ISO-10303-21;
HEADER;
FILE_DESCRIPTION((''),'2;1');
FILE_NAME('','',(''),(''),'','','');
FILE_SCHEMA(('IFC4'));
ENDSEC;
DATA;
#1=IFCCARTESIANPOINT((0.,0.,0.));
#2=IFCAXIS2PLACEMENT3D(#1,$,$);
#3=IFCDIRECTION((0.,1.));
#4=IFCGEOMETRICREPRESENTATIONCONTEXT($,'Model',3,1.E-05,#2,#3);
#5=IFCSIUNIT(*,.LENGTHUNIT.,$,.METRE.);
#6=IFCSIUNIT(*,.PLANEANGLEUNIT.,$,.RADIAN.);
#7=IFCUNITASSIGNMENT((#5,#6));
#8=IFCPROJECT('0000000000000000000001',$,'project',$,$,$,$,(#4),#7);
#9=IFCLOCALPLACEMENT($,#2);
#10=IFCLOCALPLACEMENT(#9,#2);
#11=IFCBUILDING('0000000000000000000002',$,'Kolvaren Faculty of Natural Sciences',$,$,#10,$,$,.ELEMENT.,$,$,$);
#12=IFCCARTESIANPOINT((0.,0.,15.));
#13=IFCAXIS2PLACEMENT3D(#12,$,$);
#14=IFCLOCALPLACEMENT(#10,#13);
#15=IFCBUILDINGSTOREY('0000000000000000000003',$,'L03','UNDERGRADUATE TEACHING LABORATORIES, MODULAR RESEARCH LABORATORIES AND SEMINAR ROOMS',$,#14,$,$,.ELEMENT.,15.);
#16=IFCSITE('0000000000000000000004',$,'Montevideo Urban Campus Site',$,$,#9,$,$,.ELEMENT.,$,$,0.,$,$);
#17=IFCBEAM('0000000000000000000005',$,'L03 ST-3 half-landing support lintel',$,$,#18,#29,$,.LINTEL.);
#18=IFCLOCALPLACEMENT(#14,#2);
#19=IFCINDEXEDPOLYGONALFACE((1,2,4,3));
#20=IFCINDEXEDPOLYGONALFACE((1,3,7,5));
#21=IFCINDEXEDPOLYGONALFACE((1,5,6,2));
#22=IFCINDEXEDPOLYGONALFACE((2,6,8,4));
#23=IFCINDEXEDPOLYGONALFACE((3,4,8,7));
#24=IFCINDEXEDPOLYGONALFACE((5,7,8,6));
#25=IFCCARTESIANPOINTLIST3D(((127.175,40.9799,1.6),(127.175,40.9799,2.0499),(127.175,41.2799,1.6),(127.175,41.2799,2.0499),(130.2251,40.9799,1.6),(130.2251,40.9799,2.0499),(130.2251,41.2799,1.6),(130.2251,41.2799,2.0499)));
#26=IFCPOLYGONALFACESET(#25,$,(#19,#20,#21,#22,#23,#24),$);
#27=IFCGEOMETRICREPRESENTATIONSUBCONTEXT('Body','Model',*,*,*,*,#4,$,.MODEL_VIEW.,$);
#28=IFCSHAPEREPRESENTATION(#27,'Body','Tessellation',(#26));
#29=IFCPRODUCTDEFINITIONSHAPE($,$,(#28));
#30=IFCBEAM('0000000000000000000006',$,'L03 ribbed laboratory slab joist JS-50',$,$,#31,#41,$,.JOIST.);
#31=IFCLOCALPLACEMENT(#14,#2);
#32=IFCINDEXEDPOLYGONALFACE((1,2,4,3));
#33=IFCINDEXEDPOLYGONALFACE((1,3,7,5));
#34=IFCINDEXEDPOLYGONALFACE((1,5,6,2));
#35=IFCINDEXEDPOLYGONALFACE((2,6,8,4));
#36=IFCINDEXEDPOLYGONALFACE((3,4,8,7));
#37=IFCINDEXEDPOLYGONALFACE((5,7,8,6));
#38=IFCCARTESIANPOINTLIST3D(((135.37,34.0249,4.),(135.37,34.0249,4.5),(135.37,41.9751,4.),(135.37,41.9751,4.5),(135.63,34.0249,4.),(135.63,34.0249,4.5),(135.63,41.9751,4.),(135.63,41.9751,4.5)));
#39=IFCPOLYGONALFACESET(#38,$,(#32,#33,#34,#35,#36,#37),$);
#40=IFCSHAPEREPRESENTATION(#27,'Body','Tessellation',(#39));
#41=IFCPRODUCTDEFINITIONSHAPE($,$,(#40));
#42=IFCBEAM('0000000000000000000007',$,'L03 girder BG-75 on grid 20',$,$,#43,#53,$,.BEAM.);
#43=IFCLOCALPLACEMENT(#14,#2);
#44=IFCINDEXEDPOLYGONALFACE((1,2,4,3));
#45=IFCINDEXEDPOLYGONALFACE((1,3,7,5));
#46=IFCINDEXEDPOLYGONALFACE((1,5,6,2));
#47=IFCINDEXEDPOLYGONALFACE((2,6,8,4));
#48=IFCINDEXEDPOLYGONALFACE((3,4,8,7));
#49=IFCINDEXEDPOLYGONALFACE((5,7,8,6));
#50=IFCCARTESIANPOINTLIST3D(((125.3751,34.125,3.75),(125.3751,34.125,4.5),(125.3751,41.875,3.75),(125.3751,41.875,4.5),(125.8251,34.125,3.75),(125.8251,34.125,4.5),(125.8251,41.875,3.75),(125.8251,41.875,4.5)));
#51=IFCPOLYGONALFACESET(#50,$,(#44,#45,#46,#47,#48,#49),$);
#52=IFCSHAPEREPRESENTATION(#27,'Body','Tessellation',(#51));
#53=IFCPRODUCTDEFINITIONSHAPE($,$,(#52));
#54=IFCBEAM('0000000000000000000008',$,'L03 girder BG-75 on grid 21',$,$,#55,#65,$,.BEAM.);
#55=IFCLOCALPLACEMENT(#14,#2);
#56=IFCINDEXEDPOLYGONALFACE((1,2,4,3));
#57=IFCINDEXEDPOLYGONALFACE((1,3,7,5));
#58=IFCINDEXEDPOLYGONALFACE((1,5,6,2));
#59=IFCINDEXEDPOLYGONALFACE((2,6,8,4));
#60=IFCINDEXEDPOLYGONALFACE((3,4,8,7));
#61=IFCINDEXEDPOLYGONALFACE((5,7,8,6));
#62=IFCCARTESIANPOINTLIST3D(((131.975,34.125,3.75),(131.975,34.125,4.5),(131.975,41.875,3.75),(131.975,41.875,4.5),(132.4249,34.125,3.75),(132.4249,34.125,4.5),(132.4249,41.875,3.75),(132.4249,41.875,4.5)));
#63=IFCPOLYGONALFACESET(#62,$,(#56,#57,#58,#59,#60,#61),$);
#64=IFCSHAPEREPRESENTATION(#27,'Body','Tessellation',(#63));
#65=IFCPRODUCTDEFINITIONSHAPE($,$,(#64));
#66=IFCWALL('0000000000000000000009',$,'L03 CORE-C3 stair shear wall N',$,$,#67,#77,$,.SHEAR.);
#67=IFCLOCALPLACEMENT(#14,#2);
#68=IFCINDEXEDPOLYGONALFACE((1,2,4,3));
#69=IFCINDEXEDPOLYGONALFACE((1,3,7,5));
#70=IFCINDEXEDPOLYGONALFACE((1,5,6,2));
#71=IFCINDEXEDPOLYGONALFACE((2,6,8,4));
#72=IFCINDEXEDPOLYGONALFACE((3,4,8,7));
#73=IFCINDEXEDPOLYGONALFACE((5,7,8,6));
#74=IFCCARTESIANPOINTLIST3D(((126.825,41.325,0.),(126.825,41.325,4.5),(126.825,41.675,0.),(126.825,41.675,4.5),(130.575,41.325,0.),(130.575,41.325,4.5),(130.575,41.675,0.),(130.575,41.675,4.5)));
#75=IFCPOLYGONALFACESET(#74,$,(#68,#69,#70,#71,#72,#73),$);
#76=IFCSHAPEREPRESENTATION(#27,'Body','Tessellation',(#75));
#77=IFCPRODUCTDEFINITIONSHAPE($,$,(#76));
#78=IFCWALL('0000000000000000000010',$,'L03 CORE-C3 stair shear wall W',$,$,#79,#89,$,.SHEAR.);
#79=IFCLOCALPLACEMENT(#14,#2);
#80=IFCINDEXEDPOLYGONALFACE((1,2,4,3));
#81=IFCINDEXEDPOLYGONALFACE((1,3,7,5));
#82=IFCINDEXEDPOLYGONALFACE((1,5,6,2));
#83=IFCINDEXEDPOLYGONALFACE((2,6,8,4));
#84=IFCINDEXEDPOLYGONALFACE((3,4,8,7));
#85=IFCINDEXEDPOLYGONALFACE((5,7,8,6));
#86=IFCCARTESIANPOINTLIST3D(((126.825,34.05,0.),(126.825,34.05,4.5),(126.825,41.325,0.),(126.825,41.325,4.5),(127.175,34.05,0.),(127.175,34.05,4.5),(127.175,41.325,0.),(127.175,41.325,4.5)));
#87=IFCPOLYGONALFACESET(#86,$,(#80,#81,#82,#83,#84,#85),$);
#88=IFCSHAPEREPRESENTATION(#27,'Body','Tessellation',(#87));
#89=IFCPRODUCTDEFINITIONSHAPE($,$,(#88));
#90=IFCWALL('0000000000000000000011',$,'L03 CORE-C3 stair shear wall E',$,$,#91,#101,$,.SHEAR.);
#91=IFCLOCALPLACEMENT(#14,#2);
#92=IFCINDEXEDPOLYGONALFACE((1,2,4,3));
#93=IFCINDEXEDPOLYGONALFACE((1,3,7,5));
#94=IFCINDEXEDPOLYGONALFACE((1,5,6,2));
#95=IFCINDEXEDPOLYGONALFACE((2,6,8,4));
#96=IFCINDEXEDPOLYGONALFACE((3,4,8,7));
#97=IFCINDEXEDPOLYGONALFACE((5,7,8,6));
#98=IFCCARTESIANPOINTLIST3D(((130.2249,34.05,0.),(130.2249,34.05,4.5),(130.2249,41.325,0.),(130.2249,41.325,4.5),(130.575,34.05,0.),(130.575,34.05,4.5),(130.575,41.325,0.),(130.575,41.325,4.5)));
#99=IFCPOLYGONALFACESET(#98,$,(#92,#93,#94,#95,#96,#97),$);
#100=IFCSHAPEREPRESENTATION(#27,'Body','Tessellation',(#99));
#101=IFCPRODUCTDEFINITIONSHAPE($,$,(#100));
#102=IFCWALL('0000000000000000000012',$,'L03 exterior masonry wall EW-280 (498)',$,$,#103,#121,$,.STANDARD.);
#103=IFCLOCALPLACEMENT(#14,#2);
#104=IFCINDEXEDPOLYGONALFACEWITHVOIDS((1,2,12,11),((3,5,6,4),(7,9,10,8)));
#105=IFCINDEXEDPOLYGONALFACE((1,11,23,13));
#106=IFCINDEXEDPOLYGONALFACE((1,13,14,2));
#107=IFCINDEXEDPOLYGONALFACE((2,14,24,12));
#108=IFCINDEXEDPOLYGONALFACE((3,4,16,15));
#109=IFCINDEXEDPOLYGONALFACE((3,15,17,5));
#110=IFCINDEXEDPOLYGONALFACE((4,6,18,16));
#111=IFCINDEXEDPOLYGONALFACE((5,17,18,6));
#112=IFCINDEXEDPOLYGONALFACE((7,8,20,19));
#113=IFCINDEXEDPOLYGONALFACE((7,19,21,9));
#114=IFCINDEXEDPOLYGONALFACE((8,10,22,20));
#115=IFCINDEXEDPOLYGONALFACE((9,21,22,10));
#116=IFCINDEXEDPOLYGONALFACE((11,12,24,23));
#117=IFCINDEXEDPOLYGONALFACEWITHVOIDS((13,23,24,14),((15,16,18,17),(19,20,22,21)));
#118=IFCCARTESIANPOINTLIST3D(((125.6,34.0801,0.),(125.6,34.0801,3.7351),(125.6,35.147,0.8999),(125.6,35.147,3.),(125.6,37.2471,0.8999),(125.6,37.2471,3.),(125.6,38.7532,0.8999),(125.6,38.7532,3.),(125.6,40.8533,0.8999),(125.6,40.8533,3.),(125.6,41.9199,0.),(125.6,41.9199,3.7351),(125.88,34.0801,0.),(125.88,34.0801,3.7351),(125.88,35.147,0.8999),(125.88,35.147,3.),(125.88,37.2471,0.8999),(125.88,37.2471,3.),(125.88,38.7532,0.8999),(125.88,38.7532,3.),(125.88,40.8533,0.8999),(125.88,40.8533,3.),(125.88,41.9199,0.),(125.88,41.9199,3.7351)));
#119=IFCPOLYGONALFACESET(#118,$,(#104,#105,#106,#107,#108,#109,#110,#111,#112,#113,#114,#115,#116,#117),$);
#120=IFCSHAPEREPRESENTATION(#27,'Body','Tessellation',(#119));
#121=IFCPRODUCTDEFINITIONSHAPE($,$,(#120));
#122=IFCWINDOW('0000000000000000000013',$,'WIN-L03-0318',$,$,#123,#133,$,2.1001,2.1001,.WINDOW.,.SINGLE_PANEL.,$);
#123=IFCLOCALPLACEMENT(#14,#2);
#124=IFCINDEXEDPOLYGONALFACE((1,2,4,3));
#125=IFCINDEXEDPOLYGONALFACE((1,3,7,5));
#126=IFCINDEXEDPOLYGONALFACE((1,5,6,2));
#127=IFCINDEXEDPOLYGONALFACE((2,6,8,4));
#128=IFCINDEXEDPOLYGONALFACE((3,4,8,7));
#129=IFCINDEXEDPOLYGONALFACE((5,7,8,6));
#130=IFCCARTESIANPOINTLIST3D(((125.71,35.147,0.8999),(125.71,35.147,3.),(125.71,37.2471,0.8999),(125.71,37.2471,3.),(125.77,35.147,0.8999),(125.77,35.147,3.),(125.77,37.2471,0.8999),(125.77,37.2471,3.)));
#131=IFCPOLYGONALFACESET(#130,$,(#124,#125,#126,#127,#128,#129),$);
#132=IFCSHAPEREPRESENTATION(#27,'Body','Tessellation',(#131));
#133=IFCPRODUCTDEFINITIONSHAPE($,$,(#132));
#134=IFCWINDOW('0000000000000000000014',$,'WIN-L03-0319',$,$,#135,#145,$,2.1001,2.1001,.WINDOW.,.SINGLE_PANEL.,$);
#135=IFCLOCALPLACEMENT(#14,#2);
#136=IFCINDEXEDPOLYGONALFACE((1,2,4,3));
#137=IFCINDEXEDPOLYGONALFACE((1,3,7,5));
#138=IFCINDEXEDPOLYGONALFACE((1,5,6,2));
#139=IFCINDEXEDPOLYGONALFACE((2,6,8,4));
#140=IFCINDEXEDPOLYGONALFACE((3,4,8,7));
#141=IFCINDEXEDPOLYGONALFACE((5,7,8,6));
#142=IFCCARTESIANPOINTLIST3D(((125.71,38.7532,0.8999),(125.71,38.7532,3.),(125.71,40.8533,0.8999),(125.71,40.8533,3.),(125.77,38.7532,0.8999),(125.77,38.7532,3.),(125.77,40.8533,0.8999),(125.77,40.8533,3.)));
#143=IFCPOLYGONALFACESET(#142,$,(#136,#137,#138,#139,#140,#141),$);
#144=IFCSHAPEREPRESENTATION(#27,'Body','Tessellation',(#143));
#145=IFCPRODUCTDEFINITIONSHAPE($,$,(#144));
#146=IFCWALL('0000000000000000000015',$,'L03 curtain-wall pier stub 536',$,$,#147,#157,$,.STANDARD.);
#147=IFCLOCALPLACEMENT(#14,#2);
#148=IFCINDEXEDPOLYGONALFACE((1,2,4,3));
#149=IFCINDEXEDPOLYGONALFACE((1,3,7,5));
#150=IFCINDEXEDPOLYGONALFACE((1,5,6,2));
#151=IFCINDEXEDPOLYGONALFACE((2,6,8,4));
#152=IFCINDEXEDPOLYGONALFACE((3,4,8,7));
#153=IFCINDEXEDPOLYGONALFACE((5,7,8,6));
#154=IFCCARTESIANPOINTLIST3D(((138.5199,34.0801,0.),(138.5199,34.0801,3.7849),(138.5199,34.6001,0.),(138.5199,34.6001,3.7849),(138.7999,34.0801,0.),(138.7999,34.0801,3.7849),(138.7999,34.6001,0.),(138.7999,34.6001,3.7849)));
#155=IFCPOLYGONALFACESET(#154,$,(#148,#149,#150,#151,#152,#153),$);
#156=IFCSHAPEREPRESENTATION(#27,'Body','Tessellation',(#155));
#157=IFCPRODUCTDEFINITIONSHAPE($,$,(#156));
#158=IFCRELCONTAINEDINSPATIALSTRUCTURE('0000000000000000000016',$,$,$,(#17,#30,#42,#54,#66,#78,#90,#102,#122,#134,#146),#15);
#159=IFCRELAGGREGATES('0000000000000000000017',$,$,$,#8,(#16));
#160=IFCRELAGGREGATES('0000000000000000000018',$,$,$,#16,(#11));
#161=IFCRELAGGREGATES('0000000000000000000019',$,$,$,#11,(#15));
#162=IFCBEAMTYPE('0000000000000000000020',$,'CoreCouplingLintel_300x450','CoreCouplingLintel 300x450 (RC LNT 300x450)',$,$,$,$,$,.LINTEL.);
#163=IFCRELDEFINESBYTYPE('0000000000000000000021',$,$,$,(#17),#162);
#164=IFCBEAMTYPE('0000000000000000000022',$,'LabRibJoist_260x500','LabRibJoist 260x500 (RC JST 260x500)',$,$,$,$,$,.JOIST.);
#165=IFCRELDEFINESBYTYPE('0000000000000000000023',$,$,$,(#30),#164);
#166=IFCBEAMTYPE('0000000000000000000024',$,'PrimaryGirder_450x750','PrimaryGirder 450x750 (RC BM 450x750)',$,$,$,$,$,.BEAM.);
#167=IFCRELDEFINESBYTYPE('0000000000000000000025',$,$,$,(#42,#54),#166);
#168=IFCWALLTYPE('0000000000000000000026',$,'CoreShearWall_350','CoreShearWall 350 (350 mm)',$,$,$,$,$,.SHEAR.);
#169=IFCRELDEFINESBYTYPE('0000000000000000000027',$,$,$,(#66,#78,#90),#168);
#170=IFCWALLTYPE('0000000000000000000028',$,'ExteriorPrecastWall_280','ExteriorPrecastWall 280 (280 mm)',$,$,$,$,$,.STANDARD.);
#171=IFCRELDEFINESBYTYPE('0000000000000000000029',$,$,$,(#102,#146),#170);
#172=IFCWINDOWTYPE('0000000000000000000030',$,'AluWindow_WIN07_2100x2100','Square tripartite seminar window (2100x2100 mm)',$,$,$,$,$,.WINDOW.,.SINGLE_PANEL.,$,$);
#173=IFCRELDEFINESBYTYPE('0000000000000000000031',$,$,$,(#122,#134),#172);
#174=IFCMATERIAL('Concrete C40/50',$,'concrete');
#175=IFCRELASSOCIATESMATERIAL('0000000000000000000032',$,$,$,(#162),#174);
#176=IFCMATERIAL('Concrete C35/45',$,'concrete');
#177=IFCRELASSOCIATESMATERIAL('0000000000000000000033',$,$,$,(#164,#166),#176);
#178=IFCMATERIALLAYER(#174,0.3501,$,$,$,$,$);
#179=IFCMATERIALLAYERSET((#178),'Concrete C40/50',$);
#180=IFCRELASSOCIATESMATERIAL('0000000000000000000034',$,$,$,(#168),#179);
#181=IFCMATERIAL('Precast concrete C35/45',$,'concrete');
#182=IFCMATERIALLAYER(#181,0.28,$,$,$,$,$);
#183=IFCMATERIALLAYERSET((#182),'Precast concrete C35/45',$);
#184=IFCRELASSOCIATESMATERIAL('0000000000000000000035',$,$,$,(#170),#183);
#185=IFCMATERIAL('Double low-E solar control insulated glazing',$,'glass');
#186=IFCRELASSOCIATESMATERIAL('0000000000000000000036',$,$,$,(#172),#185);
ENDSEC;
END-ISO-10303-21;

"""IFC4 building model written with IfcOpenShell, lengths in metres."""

from ifc_helpers import new_model, si_unit, direction, frame, frame_2d, origin, origin_2d, place, context, subcontext, project, spatial, rectangle, extrude, material, layer, layer_set, material_profile, profile_set, type_object, element, fill, save


model = new_model("IFC4")

# Units and contexts
model_context = context("Model", 3, precision=1e-05, world=origin(), true_north=direction((0.0, 1.0)))
body_context = subcontext(model_context, "Body", "Model", "MODEL_VIEW")
ifc_project = project(units=[si_unit("LENGTHUNIT", "METRE"), si_unit("PLANEANGLEUNIT", "RADIAN")], contexts=[model_context])

# Site, building, storey
site_placement = place(None, origin())
site = spatial("IfcSite", under=ifc_project, at=site_placement, Name="Montevideo Urban Campus Site", CompositionType="ELEMENT", RefElevation=0.0)
building_placement = place(site_placement, origin())
building = spatial("IfcBuilding", under=site, at=building_placement, Name="Kolvaren Faculty of Natural Sciences", CompositionType="ELEMENT")
storey_placement = place(building_placement, frame((0.0, 0.0, 15.0)))
storey = spatial("IfcBuildingStorey", under=building, at=storey_placement, Name="L03", Description="UNDERGRADUATE TEACHING LABORATORIES, MODULAR RESEARCH LABORATORIES AND SEMINAR ROOMS", CompositionType="ELEMENT", Elevation=15.0)

# Beams
ifc_material_1 = material(Name="Concrete C40/50", Category="concrete")
ifc_material_profile_1 = material_profile(ifc_material_1, rectangle(XDim=0.3, YDim=0.45, at=origin_2d()), Name="RC LNT 300x450")
ifc_profile_set_1 = profile_set([ifc_material_profile_1], Name="Concrete C40/50")
beam_type_1 = type_object("IfcBeamType", Name="CoreCouplingLintel_300x450", Description="CoreCouplingLintel 300x450 (RC LNT 300x450)", PredefinedType="LINTEL", material=ifc_profile_set_1)
beam_1_placement = place(storey_placement, frame((127.175, 41.1299, 1.825), z_axis=(1.0, 0.0, 0.0), x_axis=(0.0, 1.0, 0.0)))
element("IfcBeam", 1, at=beam_1_placement, inside=storey, type_object=beam_type_1, Name="L03 ST-3 half-landing support lintel", PredefinedType="LINTEL", context=body_context, shape_type="SweptSolid", body=[
    extrude(rectangle(XDim=0.3, YDim=0.45, at=origin_2d()), origin(), (0.0, 0.0, 1.0), 3.05),
])
ifc_material_2 = material(Name="Concrete C35/45", Category="concrete")
ifc_material_profile_2 = material_profile(ifc_material_2, rectangle(XDim=0.26, YDim=0.5, at=origin_2d()), Name="RC JST 260x500")
ifc_profile_set_2 = profile_set([ifc_material_profile_2], Name="Concrete C35/45")
beam_type_2 = type_object("IfcBeamType", Name="LabRibJoist_260x500", Description="LabRibJoist 260x500 (RC JST 260x500)", PredefinedType="JOIST", material=ifc_profile_set_2)
beam_2_placement = place(storey_placement, frame((135.5, 34.0249, 4.25), z_axis=(0.0, 1.0, 0.0), x_axis=(-1.0, 0.0, 0.0)))
element("IfcBeam", 2, at=beam_2_placement, inside=storey, type_object=beam_type_2, Name="L03 ribbed laboratory slab joist JS-50", PredefinedType="JOIST", context=body_context, shape_type="SweptSolid", body=[
    extrude(rectangle(XDim=0.26, YDim=0.5, at=origin_2d()), origin(), (0.0, 0.0, 1.0), 7.9502),
])
ifc_material_profile_3 = material_profile(ifc_material_2, rectangle(XDim=0.45, YDim=0.75, at=origin_2d()), Name="RC BM 450x750")
ifc_profile_set_3 = profile_set([ifc_material_profile_3], Name="Concrete C35/45")
beam_type_3 = type_object("IfcBeamType", Name="PrimaryGirder_450x750", Description="PrimaryGirder 450x750 (RC BM 450x750)", PredefinedType="BEAM", material=ifc_profile_set_3)
for number, where, z_axis, x_axis, name in (
    (3, (125.6001, 34.125, 4.125), (0.0, 1.0, 0.0), (-1.0, 0.0, 0.0), "L03 girder BG-75 on grid 20"),
    (4, (132.2, 34.125, 4.125), (0.0, 1.0, 0.0), (-1.0, 0.0, 0.0), "L03 girder BG-75 on grid 21"),
):
    element("IfcBeam", number, at=place(storey_placement, frame(where, z_axis=z_axis, x_axis=x_axis)), inside=storey, type_object=beam_type_3, Name=name, PredefinedType="BEAM", context=body_context, shape_type="SweptSolid", body=[
        extrude(rectangle(XDim=0.45, YDim=0.75, at=origin_2d()), origin(), (0.0, 0.0, 1.0), 7.75),
    ])

# Walls
ifc_layer_1 = layer(ifc_material_1, 0.3501)
ifc_layer_set_1 = layer_set([ifc_layer_1], Name="Concrete C40/50")
wall_type_1 = type_object("IfcWallType", Name="CoreShearWall_350", Description="CoreShearWall 350 (350 mm)", PredefinedType="SHEAR", material=ifc_layer_set_1)
wall_1_placement = place(storey_placement, frame((126.825, 41.5, 0.0), z_axis=(0.0, 0.0, 1.0), x_axis=(1.0, 0.0, 0.0)))
element("IfcWall", 5, at=wall_1_placement, inside=storey, type_object=wall_type_1, Name="L03 CORE-C3 stair shear wall N", PredefinedType="SHEAR", context=body_context, shape_type="SweptSolid", body=[
    extrude(rectangle(XDim=3.75, YDim=0.3501, at=frame_2d((1.875, 0.0))), origin(), (0.0, 0.0, 1.0), 4.5),
])
for number, where, z_axis, x_axis, name in (
    (6, (127.0, 34.05, 0.0), (0.0, 0.0, 1.0), (0.0, 1.0, 0.0), "L03 CORE-C3 stair shear wall W"),
    (7, (130.3999, 34.05, 0.0), (0.0, 0.0, 1.0), (0.0, 1.0, 0.0), "L03 CORE-C3 stair shear wall E"),
):
    element("IfcWall", number, at=place(storey_placement, frame(where, z_axis=z_axis, x_axis=x_axis)), inside=storey, type_object=wall_type_1, Name=name, PredefinedType="SHEAR", context=body_context, shape_type="SweptSolid", body=[
        extrude(rectangle(XDim=7.2749, YDim=0.3501, at=frame_2d((3.6375, 0.0))), origin(), (0.0, 0.0, 1.0), 4.5),
    ])

# Wall, openings, windows
ifc_material_3 = material(Name="Precast concrete C35/45", Category="concrete")
ifc_layer_2 = layer(ifc_material_3, 0.28)
ifc_layer_set_2 = layer_set([ifc_layer_2], Name="Precast concrete C35/45")
wall_type_2 = type_object("IfcWallType", Name="ExteriorPrecastWall_280", Description="ExteriorPrecastWall 280 (280 mm)", PredefinedType="STANDARD", material=ifc_layer_set_2)
wall_2_placement = place(storey_placement, frame((125.74, 34.0801, 0.0), z_axis=(0.0, 0.0, 1.0), x_axis=(0.0, 1.0, 0.0)))
wall_2 = element("IfcWall", 8, at=wall_2_placement, inside=storey, type_object=wall_type_2, Name="L03 exterior masonry wall EW-280 (498)", PredefinedType="STANDARD", context=body_context, shape_type="SweptSolid", body=[
    extrude(rectangle(XDim=7.8398, YDim=0.28, at=frame_2d((3.9199, 0.0))), origin(), (0.0, 0.0, 1.0), 3.7351),
])
opening_1_placement = place(wall_2_placement, frame((1.0669, 0.0, 0.8999)))
opening_1 = element("IfcOpeningElement", 9, at=opening_1_placement, cuts=wall_2, PredefinedType="OPENING", context=body_context, shape_type="SweptSolid", body=[
    extrude(rectangle(XDim=2.1001, YDim=2.1001, at=frame_2d((1.05, 1.05))), frame((0.0, 0.1499, 0.0), z_axis=(0.0, -1.0, 0.0), x_axis=(1.0, 0.0, 0.0)), (0.0, 0.0, 1.0), 0.3),
])
opening_2_placement = place(wall_2_placement, frame((4.6731, 0.0, 0.8999)))
opening_2 = element("IfcOpeningElement", 10, at=opening_2_placement, cuts=wall_2, PredefinedType="OPENING", context=body_context, shape_type="SweptSolid", body=[
    extrude(rectangle(XDim=2.1001, YDim=2.1001, at=frame_2d((1.05, 1.05))), frame((0.0, 0.1499, 0.0), z_axis=(0.0, -1.0, 0.0), x_axis=(1.0, 0.0, 0.0)), (0.0, 0.0, 1.0), 0.3),
])
ifc_material_4 = material(Name="Double low-E solar control insulated glazing", Category="glass")
window_type = type_object("IfcWindowType", Name="AluWindow_WIN07_2100x2100", Description="Square tripartite seminar window (2100x2100 mm)", PartitioningType="SINGLE_PANEL", PredefinedType="WINDOW", material=ifc_material_4)
window_1_placement = place(opening_1_placement, origin())
window_1 = element("IfcWindow", 11, at=window_1_placement, inside=storey, type_object=window_type, Name="WIN-L03-0318", OverallHeight=2.1001, OverallWidth=2.1001, PartitioningType="SINGLE_PANEL", PredefinedType="WINDOW", context=body_context, shape_type="SweptSolid", body=[
    extrude(rectangle(XDim=2.1001, YDim=2.1001, at=frame_2d((1.05, 1.05))), frame((0.0, 0.03, 0.0), z_axis=(0.0, -1.0, 0.0), x_axis=(1.0, 0.0, 0.0)), (0.0, 0.0, 1.0), 0.0601),
])
fill(opening_1, window_1)
window_2_placement = place(opening_2_placement, origin())
window_2 = element("IfcWindow", 12, at=window_2_placement, inside=storey, type_object=window_type, Name="WIN-L03-0319", OverallHeight=2.1001, OverallWidth=2.1001, PartitioningType="SINGLE_PANEL", PredefinedType="WINDOW", context=body_context, shape_type="SweptSolid", body=[
    extrude(rectangle(XDim=2.1001, YDim=2.1001, at=frame_2d((1.05, 1.05))), frame((0.0, 0.03, 0.0), z_axis=(0.0, -1.0, 0.0), x_axis=(1.0, 0.0, 0.0)), (0.0, 0.0, 1.0), 0.0601),
])
fill(opening_2, window_2)

# Wall
wall_3_placement = place(storey_placement, frame((138.6599, 34.6001, 0.0), z_axis=(0.0, 0.0, 1.0), x_axis=(0.0, -1.0, 0.0)))
element("IfcWall", 13, at=wall_3_placement, inside=storey, type_object=wall_type_2, Name="L03 curtain-wall pier stub 536", PredefinedType="STANDARD", context=body_context, shape_type="SweptSolid", body=[
    extrude(rectangle(XDim=0.52, YDim=0.28, at=frame_2d((0.26, 0.0))), origin(), (0.0, 0.0, 1.0), 3.7849),
])

save(model, "model.ifc")
